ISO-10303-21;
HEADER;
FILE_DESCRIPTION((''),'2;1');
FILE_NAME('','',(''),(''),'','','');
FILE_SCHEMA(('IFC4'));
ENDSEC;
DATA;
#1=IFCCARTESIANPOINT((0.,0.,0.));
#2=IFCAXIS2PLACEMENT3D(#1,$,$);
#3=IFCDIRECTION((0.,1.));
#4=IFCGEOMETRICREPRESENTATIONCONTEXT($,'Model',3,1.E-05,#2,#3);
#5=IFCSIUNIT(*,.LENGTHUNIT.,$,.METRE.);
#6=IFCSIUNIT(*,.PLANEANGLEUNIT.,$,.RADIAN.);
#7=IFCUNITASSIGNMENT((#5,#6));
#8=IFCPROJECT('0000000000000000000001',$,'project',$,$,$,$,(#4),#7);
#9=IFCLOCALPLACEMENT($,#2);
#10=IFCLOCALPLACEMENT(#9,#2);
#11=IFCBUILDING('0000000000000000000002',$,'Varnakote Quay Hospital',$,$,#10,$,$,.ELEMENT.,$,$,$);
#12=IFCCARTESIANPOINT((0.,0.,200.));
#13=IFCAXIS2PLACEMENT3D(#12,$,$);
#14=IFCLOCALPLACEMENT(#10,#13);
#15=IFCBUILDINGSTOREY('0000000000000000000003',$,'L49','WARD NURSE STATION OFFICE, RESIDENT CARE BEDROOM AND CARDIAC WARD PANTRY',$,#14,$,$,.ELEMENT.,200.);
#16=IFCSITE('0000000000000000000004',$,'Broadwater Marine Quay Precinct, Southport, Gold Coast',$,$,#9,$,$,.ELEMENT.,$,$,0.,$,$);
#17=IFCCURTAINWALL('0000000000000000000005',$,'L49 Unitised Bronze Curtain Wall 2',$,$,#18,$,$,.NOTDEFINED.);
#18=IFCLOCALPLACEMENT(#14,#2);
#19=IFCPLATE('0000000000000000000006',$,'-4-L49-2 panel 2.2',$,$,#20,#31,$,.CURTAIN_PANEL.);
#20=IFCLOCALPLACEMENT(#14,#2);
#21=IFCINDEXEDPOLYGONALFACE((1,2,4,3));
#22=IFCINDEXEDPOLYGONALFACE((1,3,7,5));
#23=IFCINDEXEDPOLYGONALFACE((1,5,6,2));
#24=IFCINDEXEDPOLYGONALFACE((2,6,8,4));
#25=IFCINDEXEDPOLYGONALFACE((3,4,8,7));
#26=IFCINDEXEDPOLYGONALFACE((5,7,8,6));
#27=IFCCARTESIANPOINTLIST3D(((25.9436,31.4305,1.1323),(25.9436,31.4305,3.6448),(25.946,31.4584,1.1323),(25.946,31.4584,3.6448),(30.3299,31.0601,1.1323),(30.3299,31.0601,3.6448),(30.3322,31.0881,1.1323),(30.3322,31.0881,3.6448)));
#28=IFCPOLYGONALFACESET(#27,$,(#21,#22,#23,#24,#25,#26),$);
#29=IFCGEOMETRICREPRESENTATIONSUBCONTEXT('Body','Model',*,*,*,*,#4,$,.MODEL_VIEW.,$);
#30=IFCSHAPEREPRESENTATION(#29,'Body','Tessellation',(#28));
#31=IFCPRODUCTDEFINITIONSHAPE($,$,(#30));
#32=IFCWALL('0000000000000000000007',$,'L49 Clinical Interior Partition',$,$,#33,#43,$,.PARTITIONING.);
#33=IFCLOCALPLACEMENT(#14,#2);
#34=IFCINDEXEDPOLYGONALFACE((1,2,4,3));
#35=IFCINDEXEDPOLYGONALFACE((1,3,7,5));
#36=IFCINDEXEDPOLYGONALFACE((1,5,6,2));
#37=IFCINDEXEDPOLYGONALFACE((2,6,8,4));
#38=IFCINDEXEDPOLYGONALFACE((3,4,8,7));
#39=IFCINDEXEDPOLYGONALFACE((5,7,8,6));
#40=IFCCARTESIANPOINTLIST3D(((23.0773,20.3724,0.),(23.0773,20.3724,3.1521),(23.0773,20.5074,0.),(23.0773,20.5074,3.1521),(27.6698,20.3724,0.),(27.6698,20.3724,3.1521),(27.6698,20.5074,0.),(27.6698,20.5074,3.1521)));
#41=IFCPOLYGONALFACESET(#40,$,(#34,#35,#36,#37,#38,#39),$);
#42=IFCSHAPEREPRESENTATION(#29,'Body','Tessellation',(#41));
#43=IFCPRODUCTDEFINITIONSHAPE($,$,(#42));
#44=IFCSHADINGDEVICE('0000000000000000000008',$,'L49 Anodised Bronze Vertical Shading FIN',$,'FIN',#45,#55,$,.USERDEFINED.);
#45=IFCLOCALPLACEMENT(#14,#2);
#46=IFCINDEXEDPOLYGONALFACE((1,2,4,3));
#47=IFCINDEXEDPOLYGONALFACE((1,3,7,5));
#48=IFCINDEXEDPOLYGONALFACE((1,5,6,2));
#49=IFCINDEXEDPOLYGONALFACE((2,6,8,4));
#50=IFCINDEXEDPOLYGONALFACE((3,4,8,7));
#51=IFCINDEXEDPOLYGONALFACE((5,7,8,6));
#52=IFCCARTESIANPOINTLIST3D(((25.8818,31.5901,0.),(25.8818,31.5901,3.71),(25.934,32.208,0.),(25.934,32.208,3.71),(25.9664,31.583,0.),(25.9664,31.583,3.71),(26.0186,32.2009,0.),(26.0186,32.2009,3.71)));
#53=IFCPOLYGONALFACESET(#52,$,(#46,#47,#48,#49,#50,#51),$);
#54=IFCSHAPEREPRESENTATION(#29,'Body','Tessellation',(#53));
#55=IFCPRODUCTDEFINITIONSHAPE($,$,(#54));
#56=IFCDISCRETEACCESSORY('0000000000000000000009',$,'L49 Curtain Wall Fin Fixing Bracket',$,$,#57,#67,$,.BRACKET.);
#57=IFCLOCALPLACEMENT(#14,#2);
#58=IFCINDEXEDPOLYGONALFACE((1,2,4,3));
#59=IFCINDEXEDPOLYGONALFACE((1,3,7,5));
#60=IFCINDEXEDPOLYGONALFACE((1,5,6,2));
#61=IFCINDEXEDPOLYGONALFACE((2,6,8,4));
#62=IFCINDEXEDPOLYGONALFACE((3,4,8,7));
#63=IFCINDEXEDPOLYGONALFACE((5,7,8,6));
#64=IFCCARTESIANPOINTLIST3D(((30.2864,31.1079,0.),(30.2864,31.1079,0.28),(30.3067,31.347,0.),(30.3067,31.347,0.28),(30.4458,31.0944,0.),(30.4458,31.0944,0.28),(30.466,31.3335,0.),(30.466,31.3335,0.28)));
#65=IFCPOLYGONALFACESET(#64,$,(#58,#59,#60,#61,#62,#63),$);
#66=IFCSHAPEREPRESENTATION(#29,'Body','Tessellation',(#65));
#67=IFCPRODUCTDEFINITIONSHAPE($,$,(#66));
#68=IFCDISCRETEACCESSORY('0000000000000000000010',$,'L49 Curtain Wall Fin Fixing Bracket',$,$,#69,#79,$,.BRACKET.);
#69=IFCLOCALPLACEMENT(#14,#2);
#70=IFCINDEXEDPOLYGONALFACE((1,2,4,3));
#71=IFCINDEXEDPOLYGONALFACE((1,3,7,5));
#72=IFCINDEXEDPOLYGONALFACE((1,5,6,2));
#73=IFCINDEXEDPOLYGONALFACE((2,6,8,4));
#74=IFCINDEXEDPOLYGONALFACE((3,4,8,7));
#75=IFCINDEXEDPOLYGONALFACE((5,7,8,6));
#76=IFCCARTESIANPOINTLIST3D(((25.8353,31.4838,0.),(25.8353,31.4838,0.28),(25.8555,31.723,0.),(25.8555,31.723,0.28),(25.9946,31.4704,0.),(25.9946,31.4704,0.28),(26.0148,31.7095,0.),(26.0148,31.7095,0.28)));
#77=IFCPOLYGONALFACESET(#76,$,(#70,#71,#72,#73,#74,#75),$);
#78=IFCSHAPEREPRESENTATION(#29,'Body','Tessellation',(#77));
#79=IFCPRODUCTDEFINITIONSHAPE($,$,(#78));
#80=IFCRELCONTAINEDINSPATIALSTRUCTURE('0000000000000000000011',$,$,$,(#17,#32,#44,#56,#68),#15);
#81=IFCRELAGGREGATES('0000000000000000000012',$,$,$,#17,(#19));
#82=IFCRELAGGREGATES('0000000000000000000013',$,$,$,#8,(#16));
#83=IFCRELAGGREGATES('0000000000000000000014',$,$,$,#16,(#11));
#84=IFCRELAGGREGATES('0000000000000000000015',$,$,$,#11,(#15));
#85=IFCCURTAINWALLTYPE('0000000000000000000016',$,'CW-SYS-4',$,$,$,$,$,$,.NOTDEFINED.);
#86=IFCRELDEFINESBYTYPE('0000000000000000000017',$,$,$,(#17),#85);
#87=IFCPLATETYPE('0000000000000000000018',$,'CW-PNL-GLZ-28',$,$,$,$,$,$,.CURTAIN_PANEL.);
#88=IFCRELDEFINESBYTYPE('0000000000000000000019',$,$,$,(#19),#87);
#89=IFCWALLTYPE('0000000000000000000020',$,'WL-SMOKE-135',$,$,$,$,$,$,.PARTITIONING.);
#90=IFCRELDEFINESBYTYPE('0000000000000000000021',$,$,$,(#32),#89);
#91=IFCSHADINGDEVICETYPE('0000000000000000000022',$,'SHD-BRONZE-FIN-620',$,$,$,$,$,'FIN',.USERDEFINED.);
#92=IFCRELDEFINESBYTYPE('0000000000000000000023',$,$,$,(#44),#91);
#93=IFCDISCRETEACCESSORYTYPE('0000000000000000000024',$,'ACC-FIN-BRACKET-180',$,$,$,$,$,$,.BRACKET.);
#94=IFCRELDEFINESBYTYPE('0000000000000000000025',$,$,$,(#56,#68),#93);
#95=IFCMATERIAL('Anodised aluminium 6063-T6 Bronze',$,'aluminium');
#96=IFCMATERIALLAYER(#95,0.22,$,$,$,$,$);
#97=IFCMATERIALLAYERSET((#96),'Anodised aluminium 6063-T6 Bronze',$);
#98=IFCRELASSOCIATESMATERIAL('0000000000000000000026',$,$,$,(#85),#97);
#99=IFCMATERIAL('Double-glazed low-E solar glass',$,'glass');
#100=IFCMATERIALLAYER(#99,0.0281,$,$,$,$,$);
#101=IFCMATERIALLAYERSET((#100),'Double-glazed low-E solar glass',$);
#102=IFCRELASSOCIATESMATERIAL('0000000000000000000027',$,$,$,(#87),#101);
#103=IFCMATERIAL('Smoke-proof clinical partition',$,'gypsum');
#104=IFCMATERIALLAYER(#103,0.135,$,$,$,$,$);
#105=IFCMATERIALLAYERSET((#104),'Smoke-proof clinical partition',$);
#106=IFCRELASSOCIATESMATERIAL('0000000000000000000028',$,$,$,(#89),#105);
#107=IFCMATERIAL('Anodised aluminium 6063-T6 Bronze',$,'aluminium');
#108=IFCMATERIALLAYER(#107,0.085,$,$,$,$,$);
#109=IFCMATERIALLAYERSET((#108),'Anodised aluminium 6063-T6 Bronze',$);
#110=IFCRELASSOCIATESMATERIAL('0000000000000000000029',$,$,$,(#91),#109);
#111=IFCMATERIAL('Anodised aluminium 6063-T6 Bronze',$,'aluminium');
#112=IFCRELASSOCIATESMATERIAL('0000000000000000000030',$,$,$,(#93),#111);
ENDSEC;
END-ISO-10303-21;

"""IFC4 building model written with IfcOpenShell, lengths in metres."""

from ifc_helpers import new_model, si_unit, direction, frame, frame_2d, origin, origin_2d, place, context, subcontext, project, spatial, rectangle, extrude, material, layer, layer_set, type_object, element, aggregate, save


model = new_model("IFC4")

# Units and contexts
model_context = context("Model", 3, precision=1e-05, world=origin(), true_north=direction((0.0, 1.0)))
body_context = subcontext(model_context, "Body", "Model", "MODEL_VIEW")
ifc_project = project(units=[si_unit("LENGTHUNIT", "METRE"), si_unit("PLANEANGLEUNIT", "RADIAN")], contexts=[model_context])

# Site, building, storey
site_placement = place(None, origin())
site = spatial("IfcSite", under=ifc_project, at=site_placement, Name="Broadwater Marine Quay Precinct, Southport, Gold Coast", CompositionType="ELEMENT", RefElevation=0.0)
building_placement = place(site_placement, origin())
building = spatial("IfcBuilding", under=site, at=building_placement, Name="Varnakote Quay Hospital", CompositionType="ELEMENT")
storey_placement = place(building_placement, frame((0.0, 0.0, 200.0)))
storey = spatial("IfcBuildingStorey", under=building, at=storey_placement, Name="L49", Description="WARD NURSE STATION OFFICE, RESIDENT CARE BEDROOM AND CARDIAC WARD PANTRY", CompositionType="ELEMENT", Elevation=200.0)

# Curtain wall
ifc_material_1 = material(Name="Anodised aluminium 6063-T6 Bronze", Category="aluminium")
ifc_layer_1 = layer(ifc_material_1, 0.22)
ifc_layer_set_1 = layer_set([ifc_layer_1], Name="Anodised aluminium 6063-T6 Bronze")
curtain_wall_type = type_object("IfcCurtainWallType", Name="CW-SYS-4", PredefinedType="NOTDEFINED", material=ifc_layer_set_1)
curtain_wall_placement = place(storey_placement, origin())
curtain_wall = element("IfcCurtainWall", 1, at=curtain_wall_placement, inside=storey, type_object=curtain_wall_type, Name="L49 Unitised Bronze Curtain Wall 2", PredefinedType="NOTDEFINED")

# Plate
ifc_material_2 = material(Name="Double-glazed low-E solar glass", Category="glass")
ifc_layer_2 = layer(ifc_material_2, 0.0281)
ifc_layer_set_2 = layer_set([ifc_layer_2], Name="Double-glazed low-E solar glass")
plate_type = type_object("IfcPlateType", Name="CW-PNL-GLZ-28", PredefinedType="CURTAIN_PANEL", material=ifc_layer_set_2)
plate_1_placement = place(storey_placement, frame((28.1379, 31.2593, 1.1323), z_axis=(0.0, 0.0, 1.0), x_axis=(-0.996454, 0.084136, 0.0)))
plate_1 = element("IfcPlate", 2, at=plate_1_placement, type_object=plate_type, Name="-4-L49-2 panel 2.2", PredefinedType="CURTAIN_PANEL", context=body_context, shape_type="SweptSolid", body=[
    extrude(rectangle(XDim=4.4019, YDim=0.0281, at=origin_2d()), origin(), (0.0, 0.0, 1.0), 2.5125),
])
aggregate(curtain_wall, [plate_1])

# Wall
ifc_material_3 = material(Name="Smoke-proof clinical partition", Category="gypsum")
ifc_layer_3 = layer(ifc_material_3, 0.135)
ifc_layer_set_3 = layer_set([ifc_layer_3], Name="Smoke-proof clinical partition")
wall_type = type_object("IfcWallType", Name="WL-SMOKE-135", PredefinedType="PARTITIONING", material=ifc_layer_set_3)
wall_placement = place(storey_placement, frame((27.6699, 20.4399, 0.0), z_axis=(0.0, 0.0, 1.0), x_axis=(-1.0, 0.0, 0.0)))
element("IfcWall", 3, at=wall_placement, inside=storey, type_object=wall_type, Name="L49 Clinical Interior Partition", PredefinedType="PARTITIONING", context=body_context, shape_type="SweptSolid", body=[
    extrude(rectangle(XDim=4.5925, YDim=0.135, at=frame_2d((2.2964, 0.0))), origin(), (0.0, 0.0, 1.0), 3.1521),
])

# Shading device
ifc_material_4 = material(Name="Anodised aluminium 6063-T6 Bronze", Category="aluminium")
ifc_layer_4 = layer(ifc_material_4, 0.085)
ifc_layer_set_4 = layer_set([ifc_layer_4], Name="Anodised aluminium 6063-T6 Bronze")
shading_device_type = type_object("IfcShadingDeviceType", Name="SHD-BRONZE-FIN-620", ElementType="FIN", PredefinedType="USERDEFINED", material=ifc_layer_set_4)
shading_device_placement = place(storey_placement, frame((25.9502, 31.8955, 0.0), z_axis=(0.0, 0.0, 1.0), x_axis=(-0.0842, -0.996449, 0.0)))
element("IfcShadingDevice", 4, at=shading_device_placement, inside=storey, type_object=shading_device_type, Name="L49 Anodised Bronze Vertical Shading FIN", ObjectType="FIN", PredefinedType="USERDEFINED", context=body_context, shape_type="SweptSolid", body=[
    extrude(rectangle(XDim=0.6201, YDim=0.085, at=origin_2d()), origin(), (0.0, 0.0, 1.0), 3.71),
])

# Discrete accessories
ifc_material_5 = material(Name="Anodised aluminium 6063-T6 Bronze", Category="aluminium")
discrete_accessory_type = type_object("IfcDiscreteAccessoryType", Name="ACC-FIN-BRACKET-180", PredefinedType="BRACKET", material=ifc_material_5)
for number, where, z_axis, x_axis, name in (
    (5, (30.3762, 31.2207, 0.0), (0.0, 0.0, 1.0), (-0.996449, 0.0842, 0.0), "L49 Curtain Wall Fin Fixing Bracket"),
    (6, (25.925, 31.5967, 0.0), (0.0, 0.0, 1.0), (-0.996449, 0.0842, 0.0), "L49 Curtain Wall Fin Fixing Bracket"),
):
    element("IfcDiscreteAccessory", number, at=place(storey_placement, frame(where, z_axis=z_axis, x_axis=x_axis)), inside=storey, type_object=discrete_accessory_type, Name=name, PredefinedType="BRACKET", context=body_context, shape_type="SweptSolid", body=[
        extrude(rectangle(XDim=0.1599, YDim=0.24, at=origin_2d()), origin(), (0.0, 0.0, 1.0), 0.28),
    ])

save(model, "model.ifc")
